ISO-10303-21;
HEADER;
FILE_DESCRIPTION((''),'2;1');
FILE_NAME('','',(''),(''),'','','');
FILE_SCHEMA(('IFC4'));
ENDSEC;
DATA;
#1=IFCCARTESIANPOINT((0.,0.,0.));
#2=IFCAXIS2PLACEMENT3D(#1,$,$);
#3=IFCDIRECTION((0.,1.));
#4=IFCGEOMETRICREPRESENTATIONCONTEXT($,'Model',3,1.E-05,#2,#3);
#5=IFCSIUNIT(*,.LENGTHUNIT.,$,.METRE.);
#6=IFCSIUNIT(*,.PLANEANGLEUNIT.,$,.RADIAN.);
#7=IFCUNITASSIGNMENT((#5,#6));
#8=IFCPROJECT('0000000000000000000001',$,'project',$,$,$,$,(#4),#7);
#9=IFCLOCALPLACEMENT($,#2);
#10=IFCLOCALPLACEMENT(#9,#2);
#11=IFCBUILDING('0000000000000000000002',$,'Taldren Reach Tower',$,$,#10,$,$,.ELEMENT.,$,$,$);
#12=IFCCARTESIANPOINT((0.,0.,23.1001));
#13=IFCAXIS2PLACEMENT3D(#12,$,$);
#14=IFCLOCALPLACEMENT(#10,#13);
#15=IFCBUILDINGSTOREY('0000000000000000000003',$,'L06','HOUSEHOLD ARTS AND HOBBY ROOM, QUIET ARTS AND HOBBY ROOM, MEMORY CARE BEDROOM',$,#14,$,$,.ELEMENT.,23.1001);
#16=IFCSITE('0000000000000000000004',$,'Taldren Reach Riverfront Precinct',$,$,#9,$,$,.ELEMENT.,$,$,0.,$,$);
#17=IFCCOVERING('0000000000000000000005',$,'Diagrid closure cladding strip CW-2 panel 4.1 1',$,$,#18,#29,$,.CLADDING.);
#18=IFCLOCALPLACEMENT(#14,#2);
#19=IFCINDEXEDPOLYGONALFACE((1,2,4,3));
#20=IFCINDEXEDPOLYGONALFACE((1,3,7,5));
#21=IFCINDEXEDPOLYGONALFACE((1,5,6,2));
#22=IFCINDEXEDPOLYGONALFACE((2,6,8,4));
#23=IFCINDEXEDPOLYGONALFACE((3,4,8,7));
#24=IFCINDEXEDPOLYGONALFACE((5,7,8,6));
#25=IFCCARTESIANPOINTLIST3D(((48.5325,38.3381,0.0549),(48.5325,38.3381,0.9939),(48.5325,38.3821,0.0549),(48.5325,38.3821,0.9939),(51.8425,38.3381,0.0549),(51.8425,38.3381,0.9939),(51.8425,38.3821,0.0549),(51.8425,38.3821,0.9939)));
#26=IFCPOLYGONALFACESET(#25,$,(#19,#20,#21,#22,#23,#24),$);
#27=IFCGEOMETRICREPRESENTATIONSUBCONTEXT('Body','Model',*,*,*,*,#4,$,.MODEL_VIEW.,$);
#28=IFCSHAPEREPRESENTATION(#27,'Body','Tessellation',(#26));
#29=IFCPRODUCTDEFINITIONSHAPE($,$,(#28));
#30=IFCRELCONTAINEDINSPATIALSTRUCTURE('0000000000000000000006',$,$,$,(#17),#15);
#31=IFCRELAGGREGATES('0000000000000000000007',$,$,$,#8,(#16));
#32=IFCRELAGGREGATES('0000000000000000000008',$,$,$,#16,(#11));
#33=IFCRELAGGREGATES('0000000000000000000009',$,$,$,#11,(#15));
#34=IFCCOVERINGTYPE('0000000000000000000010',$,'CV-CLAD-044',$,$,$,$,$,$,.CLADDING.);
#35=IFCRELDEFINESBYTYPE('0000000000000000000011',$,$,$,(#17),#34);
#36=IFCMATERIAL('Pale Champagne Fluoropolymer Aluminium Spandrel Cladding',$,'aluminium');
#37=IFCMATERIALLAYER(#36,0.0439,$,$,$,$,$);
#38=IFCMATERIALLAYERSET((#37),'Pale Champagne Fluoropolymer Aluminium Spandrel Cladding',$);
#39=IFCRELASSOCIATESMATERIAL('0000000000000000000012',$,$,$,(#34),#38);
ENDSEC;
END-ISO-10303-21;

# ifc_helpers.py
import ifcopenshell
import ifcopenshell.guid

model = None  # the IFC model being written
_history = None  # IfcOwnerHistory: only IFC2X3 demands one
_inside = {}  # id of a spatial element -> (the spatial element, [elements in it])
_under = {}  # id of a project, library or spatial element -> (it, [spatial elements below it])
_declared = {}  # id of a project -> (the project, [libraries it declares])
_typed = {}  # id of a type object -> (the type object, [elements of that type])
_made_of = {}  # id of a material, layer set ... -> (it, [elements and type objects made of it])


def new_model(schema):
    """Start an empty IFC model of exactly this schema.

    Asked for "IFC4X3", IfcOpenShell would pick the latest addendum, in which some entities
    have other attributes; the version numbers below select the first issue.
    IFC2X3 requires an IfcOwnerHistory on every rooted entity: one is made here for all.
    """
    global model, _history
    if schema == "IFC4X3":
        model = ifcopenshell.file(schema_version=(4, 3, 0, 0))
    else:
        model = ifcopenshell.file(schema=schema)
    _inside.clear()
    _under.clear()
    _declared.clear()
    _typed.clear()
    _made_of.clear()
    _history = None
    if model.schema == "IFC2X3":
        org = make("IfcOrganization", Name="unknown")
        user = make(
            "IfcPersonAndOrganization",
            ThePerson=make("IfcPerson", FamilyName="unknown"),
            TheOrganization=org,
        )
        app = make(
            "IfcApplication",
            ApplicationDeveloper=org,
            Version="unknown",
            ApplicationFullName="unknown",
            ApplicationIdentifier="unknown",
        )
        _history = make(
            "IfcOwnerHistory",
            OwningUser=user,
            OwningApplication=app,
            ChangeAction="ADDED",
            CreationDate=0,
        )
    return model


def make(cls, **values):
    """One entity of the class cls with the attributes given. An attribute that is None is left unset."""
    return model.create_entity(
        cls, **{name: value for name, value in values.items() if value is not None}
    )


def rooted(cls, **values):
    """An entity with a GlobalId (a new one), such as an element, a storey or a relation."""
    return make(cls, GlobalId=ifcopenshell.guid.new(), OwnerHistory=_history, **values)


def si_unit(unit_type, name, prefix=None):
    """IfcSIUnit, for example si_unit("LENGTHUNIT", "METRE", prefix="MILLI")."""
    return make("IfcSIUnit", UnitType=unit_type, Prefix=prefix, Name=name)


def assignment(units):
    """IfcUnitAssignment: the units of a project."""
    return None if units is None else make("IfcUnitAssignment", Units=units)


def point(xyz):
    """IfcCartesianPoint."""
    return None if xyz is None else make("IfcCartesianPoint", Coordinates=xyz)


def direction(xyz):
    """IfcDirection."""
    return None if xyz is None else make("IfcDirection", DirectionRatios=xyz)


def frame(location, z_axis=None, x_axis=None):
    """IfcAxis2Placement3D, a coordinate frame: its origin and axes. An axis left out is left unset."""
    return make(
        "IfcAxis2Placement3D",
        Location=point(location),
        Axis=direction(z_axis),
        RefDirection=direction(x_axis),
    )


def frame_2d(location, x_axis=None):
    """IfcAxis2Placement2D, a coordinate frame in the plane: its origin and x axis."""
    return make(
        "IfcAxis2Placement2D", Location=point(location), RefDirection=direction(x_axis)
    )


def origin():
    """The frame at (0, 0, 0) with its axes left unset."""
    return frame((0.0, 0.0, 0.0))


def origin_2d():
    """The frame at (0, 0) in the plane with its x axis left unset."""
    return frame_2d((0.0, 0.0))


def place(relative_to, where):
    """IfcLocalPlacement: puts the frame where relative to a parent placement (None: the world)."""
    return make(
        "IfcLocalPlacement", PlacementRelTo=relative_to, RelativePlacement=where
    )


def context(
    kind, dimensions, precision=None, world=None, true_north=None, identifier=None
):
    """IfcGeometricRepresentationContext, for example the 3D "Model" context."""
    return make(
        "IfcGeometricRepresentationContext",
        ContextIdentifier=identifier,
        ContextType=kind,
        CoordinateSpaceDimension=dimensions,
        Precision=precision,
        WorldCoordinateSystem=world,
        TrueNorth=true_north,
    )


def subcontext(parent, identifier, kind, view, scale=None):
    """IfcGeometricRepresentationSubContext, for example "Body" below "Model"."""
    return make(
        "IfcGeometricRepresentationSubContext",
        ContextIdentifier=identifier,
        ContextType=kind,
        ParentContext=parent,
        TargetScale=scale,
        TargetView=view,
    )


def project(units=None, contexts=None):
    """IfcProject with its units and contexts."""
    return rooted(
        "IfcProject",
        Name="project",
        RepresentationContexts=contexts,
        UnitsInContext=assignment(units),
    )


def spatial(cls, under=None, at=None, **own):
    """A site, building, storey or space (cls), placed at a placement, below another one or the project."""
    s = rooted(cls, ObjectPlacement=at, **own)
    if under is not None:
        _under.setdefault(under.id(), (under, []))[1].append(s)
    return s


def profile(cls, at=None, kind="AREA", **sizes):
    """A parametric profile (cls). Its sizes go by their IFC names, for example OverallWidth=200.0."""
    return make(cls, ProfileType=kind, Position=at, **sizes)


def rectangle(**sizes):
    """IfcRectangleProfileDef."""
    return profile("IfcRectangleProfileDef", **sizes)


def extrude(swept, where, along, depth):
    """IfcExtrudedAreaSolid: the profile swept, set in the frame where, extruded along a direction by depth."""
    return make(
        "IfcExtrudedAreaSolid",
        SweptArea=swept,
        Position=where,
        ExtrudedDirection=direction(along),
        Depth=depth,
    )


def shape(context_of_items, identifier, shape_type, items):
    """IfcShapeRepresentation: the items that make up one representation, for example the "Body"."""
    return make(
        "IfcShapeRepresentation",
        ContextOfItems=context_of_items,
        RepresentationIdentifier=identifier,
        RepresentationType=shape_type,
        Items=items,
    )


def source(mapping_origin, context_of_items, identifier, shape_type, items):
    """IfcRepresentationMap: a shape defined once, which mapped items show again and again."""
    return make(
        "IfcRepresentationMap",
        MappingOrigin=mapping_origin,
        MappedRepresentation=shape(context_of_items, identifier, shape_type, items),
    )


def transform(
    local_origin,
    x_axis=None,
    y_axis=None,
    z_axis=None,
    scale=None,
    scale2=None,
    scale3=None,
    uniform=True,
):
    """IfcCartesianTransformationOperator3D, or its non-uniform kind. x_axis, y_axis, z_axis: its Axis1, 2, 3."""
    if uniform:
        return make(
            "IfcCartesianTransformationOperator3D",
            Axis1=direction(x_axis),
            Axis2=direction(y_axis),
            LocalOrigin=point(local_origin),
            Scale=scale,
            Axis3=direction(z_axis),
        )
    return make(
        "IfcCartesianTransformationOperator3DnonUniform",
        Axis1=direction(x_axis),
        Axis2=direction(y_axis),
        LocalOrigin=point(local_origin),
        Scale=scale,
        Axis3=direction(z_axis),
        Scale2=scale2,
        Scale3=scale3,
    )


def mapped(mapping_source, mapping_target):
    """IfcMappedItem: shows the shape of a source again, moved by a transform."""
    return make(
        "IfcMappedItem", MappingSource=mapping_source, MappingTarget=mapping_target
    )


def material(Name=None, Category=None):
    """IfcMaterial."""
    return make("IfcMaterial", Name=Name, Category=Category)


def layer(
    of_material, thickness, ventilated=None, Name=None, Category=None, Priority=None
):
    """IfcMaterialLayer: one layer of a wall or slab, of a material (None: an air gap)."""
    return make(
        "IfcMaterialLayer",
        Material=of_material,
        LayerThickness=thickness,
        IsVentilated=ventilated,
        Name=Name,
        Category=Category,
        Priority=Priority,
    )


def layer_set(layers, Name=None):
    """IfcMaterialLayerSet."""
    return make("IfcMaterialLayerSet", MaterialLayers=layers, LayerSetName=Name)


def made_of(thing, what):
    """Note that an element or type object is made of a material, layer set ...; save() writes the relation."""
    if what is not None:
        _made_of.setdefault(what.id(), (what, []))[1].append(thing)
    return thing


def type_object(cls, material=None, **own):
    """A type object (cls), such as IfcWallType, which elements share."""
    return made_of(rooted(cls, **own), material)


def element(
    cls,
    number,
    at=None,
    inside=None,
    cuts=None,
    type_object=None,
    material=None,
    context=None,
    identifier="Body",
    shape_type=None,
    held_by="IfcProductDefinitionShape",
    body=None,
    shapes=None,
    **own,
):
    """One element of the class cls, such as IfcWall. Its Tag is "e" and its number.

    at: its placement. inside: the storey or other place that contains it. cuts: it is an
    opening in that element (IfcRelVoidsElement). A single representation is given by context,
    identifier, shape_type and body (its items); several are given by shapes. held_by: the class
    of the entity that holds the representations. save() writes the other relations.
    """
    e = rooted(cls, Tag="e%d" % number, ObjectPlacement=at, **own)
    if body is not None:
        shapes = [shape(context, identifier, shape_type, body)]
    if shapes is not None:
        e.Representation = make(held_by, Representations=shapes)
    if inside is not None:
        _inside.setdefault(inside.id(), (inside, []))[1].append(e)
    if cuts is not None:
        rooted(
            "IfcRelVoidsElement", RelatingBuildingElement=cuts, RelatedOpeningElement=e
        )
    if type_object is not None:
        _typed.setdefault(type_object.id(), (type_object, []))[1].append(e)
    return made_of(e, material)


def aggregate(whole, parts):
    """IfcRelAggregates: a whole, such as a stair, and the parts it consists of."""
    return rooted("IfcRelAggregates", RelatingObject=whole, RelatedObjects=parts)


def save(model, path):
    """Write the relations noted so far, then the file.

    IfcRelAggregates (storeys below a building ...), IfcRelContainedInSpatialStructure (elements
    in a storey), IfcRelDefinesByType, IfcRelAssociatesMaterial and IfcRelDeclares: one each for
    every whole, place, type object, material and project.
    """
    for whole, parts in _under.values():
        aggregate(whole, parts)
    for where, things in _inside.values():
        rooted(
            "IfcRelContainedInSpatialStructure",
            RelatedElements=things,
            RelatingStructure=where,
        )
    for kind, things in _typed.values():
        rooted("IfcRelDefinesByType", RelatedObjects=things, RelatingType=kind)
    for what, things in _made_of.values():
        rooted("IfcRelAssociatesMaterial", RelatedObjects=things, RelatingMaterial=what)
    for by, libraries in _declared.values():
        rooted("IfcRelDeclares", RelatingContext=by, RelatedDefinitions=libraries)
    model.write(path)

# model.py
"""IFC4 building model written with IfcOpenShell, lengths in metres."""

from ifc_helpers import new_model, si_unit, direction, frame, origin, origin_2d, place, context, subcontext, project, spatial, rectangle, extrude, source, transform, mapped, material, layer, layer_set, type_object, element, save


model = new_model("IFC4")

# Units and contexts
model_context = context("Model", 3, precision=1e-05, world=origin(), true_north=direction((0.0, 1.0)))
body_context = subcontext(model_context, "Body", "Model", "MODEL_VIEW")
ifc_project = project(units=[si_unit("LENGTHUNIT", "METRE"), si_unit("PLANEANGLEUNIT", "RADIAN")], contexts=[model_context])

# Site, building, storey
site_placement = place(None, origin())
site = spatial("IfcSite", under=ifc_project, at=site_placement, Name="Taldren Reach Riverfront Precinct", CompositionType="ELEMENT", RefElevation=0.0)
building_placement = place(site_placement, origin())
building = spatial("IfcBuilding", under=site, at=building_placement, Name="Taldren Reach Tower", CompositionType="ELEMENT")
storey_placement = place(building_placement, frame((0.0, 0.0, 23.1001)))
storey = spatial("IfcBuildingStorey", under=building, at=storey_placement, Name="L06", Description="HOUSEHOLD ARTS AND HOBBY ROOM, QUIET ARTS AND HOBBY ROOM, MEMORY CARE BEDROOM", CompositionType="ELEMENT", Elevation=23.1001)

# Covering
ifc_material_1 = material(Name="Pale Champagne Fluoropolymer Aluminium Spandrel Cladding", Category="aluminium")
ifc_layer_1 = layer(ifc_material_1, 0.0439)
ifc_layer_set_1 = layer_set([ifc_layer_1], Name="Pale Champagne Fluoropolymer Aluminium Spandrel Cladding")
covering_type = type_object("IfcCoveringType", Name="CV-CLAD-044", PredefinedType="CLADDING", material=ifc_layer_set_1)
shared_shape_1 = source(origin(), body_context, "Body", "SweptSolid", [
    extrude(rectangle(XDim=3.3101, YDim=0.0439, at=origin_2d()), origin(), (0.0, 0.0, 1.0), 0.939),
])
covering_placement = place(storey_placement, frame((50.1875, 38.3601, 0.0549), z_axis=(0.0, 0.0, 1.0), x_axis=(-1.0, 0.0, 0.0)))
element("IfcCovering", 1, at=covering_placement, inside=storey, type_object=covering_type, Name="Diagrid closure cladding strip CW-2 panel 4.1 1", PredefinedType="CLADDING", context=body_context, shape_type="MappedRepresentation", body=[
    mapped(shared_shape_1, transform((0.0, 0.0, 0.0), scale=1.0)),
])

save(model, "model.ifc")
